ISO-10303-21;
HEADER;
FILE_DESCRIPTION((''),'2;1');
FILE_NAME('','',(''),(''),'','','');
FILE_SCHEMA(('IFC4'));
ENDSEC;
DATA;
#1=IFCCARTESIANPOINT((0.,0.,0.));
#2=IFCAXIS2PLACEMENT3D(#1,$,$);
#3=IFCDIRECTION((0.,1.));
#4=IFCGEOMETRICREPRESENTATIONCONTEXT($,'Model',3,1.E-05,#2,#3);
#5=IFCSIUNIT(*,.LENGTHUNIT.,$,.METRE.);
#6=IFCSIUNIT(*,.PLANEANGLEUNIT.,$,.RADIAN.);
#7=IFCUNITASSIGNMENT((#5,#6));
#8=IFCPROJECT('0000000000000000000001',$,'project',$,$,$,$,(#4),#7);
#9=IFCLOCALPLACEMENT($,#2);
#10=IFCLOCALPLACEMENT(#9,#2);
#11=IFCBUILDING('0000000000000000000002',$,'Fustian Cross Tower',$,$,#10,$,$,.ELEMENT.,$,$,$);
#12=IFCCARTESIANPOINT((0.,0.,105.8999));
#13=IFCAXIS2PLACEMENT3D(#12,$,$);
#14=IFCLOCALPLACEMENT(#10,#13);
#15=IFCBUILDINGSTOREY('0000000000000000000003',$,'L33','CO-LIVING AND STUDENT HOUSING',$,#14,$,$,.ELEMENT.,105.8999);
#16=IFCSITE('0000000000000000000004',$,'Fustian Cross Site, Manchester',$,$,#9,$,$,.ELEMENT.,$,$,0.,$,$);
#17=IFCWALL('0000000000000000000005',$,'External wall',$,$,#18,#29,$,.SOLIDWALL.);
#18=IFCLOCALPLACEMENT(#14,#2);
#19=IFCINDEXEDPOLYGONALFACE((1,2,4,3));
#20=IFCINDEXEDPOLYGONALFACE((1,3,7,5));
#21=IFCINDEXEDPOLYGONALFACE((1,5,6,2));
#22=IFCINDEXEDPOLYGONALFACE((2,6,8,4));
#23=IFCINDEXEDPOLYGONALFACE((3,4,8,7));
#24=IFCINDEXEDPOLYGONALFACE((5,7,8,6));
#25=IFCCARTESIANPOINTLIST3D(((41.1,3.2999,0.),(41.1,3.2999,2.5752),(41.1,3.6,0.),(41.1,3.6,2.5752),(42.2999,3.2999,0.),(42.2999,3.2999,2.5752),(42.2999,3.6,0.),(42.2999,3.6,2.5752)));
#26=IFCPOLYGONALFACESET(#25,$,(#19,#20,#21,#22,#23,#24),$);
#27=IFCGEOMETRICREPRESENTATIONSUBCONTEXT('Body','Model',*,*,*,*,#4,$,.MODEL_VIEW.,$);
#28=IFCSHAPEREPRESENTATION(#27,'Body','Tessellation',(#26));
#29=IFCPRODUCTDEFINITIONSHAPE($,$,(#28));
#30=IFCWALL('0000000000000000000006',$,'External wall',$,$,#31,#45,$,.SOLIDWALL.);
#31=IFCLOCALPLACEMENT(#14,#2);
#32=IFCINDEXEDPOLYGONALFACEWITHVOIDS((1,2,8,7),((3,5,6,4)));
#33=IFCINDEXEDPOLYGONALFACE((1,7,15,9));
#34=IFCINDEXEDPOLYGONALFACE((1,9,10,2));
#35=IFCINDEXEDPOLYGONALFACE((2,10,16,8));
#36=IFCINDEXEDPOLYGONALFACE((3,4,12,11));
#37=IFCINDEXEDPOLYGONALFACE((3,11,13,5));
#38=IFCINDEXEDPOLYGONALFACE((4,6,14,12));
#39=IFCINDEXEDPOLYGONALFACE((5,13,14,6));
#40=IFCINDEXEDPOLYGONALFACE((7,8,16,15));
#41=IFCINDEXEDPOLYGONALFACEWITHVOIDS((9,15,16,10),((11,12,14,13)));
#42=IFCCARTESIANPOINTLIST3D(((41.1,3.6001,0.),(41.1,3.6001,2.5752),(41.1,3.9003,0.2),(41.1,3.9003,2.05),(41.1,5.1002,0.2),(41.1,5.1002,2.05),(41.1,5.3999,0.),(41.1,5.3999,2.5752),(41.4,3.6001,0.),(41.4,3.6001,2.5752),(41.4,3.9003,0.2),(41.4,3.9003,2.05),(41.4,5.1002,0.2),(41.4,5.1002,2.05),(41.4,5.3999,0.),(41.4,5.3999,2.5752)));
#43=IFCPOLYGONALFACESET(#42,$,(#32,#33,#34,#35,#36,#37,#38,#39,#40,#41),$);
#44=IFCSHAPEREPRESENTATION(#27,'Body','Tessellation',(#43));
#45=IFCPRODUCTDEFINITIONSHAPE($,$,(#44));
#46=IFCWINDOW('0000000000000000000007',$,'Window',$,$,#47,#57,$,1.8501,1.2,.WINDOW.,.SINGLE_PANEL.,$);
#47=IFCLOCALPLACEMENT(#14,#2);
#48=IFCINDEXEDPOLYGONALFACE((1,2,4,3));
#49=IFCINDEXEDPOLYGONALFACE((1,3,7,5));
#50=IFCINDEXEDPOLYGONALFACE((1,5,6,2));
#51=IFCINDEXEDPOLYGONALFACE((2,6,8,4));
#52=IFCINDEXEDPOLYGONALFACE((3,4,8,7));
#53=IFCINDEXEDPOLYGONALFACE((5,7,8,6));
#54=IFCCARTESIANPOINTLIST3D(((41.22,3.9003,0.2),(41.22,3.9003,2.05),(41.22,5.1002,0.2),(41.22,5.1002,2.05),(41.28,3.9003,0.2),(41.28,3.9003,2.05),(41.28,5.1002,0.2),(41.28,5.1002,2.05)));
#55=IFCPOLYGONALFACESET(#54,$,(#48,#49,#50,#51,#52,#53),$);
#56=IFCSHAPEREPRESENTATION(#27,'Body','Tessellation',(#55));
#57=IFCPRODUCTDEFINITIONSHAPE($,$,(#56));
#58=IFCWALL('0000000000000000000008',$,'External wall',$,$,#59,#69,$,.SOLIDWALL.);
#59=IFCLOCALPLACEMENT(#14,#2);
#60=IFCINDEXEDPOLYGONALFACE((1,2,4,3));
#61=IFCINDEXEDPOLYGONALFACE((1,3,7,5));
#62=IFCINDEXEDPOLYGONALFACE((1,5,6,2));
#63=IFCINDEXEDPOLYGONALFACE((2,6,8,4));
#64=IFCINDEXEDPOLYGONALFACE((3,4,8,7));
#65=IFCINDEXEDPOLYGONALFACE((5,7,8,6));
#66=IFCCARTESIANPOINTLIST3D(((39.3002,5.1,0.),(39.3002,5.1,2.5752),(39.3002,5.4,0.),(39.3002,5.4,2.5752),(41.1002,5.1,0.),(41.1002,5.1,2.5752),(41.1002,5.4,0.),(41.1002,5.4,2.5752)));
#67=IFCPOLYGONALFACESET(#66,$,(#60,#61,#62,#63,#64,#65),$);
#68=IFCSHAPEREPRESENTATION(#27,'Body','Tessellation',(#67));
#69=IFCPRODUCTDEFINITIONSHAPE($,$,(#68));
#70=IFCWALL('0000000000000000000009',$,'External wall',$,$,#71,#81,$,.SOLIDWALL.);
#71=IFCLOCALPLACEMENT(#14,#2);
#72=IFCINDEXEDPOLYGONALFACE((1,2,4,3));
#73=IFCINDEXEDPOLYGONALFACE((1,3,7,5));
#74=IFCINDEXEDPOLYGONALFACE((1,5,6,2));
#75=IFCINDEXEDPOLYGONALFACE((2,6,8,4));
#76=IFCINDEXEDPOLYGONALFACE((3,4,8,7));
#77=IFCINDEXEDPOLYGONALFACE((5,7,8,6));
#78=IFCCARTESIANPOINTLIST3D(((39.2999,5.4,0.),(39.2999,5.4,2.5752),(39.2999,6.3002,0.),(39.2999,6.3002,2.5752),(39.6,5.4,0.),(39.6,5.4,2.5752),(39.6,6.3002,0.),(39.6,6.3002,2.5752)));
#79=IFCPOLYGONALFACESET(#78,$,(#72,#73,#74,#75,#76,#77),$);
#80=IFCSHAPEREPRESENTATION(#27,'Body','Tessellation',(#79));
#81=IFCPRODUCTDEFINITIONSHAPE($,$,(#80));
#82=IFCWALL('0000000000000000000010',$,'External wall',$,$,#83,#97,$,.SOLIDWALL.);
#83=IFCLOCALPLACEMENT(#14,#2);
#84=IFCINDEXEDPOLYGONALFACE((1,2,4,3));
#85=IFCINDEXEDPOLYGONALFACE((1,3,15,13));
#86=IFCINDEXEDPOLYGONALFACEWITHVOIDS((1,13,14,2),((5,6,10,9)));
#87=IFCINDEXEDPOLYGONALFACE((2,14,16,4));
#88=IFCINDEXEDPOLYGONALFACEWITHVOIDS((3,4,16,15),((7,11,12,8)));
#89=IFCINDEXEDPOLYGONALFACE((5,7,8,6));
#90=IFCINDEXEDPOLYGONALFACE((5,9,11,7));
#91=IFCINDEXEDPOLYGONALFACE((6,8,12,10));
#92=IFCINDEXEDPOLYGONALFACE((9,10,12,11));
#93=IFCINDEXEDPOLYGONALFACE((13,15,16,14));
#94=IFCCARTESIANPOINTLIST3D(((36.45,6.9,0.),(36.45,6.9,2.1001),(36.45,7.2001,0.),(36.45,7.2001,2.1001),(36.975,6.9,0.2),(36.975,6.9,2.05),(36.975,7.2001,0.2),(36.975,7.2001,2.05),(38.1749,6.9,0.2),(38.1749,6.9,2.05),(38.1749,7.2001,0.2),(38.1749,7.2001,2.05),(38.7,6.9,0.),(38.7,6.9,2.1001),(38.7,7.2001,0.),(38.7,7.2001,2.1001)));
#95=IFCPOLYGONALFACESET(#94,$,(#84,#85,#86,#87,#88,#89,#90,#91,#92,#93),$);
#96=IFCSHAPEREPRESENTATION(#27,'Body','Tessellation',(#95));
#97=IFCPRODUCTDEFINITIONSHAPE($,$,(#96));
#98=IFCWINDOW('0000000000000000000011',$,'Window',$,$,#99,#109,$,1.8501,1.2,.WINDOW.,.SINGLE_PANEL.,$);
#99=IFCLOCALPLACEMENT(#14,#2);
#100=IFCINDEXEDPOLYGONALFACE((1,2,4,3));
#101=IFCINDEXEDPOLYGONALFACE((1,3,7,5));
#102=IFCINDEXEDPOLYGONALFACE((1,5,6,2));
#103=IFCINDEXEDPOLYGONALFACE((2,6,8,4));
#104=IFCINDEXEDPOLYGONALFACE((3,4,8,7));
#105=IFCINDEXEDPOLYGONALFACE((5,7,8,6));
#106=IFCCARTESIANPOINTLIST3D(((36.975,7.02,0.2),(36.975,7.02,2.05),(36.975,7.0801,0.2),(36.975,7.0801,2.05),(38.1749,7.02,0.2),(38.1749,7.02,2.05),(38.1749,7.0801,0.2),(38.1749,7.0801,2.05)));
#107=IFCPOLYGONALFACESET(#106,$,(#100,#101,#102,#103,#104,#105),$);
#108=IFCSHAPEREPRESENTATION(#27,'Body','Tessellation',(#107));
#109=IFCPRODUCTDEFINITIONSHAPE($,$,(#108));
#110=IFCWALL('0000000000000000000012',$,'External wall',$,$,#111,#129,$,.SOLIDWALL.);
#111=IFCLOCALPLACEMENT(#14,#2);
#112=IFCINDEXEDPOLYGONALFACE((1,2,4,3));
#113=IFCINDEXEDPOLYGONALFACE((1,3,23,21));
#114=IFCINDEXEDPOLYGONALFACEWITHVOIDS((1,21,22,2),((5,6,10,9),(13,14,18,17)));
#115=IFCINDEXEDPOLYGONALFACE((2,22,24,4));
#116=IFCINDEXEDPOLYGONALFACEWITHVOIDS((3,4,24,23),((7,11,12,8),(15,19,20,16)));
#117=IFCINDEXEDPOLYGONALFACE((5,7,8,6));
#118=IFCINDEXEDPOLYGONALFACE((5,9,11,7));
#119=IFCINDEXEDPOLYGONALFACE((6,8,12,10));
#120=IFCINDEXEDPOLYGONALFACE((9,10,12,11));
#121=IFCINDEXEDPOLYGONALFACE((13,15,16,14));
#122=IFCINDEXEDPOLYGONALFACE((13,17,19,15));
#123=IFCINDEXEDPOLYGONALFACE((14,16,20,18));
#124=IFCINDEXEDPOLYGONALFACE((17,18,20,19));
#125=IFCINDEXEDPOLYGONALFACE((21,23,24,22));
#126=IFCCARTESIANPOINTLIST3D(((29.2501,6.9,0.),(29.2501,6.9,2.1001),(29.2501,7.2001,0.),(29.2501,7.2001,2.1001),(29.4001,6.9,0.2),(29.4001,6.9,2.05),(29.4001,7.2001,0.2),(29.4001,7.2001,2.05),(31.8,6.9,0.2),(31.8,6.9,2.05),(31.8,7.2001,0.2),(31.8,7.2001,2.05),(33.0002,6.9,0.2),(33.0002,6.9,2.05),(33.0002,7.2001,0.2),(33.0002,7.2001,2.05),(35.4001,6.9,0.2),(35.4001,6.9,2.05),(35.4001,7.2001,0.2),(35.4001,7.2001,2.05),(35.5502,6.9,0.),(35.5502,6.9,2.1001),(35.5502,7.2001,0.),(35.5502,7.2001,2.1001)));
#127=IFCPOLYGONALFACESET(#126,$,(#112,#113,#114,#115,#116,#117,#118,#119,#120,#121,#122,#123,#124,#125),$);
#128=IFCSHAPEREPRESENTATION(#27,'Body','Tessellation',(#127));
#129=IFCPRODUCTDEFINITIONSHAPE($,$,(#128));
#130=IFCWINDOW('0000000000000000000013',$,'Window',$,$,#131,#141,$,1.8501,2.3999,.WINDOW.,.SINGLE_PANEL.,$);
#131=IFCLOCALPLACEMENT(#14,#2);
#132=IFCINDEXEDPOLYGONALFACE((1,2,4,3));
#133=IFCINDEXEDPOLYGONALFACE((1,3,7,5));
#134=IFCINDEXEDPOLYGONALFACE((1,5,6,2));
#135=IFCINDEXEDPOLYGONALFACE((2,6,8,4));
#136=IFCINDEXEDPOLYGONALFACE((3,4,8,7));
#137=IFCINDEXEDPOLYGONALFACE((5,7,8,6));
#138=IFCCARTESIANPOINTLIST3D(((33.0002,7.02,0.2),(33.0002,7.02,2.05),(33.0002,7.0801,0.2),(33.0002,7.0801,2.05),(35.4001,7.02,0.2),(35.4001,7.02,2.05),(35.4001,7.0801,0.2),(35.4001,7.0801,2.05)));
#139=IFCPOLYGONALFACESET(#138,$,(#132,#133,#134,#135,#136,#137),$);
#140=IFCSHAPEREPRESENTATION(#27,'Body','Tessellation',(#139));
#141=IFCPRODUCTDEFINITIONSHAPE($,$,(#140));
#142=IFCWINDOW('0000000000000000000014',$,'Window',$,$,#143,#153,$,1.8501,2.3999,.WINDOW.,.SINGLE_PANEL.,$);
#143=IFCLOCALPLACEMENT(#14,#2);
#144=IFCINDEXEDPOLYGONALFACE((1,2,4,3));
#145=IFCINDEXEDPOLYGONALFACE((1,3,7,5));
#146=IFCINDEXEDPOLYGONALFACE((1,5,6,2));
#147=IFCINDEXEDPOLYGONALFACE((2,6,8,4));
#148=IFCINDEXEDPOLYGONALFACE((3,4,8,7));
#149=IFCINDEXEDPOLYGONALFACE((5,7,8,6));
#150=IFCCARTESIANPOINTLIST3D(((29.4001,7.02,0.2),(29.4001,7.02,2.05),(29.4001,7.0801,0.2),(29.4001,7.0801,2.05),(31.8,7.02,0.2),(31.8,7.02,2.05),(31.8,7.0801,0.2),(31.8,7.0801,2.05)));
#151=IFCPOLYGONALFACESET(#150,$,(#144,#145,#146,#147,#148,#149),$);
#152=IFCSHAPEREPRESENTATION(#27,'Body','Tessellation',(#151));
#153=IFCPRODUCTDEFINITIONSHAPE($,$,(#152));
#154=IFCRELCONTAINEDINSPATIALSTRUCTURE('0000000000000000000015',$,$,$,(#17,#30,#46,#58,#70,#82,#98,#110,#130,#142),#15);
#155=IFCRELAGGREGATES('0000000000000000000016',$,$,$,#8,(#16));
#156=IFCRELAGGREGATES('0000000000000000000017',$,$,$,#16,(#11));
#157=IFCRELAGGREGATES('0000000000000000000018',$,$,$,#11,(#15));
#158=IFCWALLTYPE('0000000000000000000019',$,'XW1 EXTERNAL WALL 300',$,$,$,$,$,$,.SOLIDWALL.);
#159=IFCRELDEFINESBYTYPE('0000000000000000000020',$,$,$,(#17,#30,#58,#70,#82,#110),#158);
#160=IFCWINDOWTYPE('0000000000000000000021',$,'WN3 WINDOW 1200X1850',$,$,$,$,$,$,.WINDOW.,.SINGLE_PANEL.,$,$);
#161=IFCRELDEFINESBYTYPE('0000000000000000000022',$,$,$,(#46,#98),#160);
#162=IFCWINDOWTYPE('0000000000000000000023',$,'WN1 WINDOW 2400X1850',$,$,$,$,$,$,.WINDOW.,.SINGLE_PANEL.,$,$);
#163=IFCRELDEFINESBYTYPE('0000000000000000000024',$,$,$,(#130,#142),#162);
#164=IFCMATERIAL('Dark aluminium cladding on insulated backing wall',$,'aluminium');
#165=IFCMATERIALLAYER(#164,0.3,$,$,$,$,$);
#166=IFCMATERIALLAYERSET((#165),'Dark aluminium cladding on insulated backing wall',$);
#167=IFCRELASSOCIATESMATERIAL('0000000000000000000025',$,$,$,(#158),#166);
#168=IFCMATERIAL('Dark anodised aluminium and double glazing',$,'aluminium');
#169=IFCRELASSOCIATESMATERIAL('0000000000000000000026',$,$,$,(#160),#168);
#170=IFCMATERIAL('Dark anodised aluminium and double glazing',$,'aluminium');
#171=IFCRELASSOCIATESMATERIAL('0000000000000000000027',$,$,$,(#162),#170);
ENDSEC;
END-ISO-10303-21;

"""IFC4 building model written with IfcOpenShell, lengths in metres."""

from ifc_helpers import new_model, si_unit, direction, frame, frame_2d, origin, place, context, subcontext, project, spatial, rectangle, extrude, material, layer, layer_set, type_object, element, fill, save


model = new_model("IFC4")

# Units and contexts
model_context = context("Model", 3, precision=1e-05, world=origin(), true_north=direction((0.0, 1.0)))
body_context = subcontext(model_context, "Body", "Model", "MODEL_VIEW")
ifc_project = project(units=[si_unit("LENGTHUNIT", "METRE"), si_unit("PLANEANGLEUNIT", "RADIAN")], contexts=[model_context])

# Site, building, storey
site_placement = place(None, origin())
site = spatial("IfcSite", under=ifc_project, at=site_placement, Name="Fustian Cross Site, Manchester", CompositionType="ELEMENT", RefElevation=0.0)
building_placement = place(site_placement, origin())
building = spatial("IfcBuilding", under=site, at=building_placement, Name="Fustian Cross Tower", CompositionType="ELEMENT")
storey_placement = place(building_placement, frame((0.0, 0.0, 105.8999)))
storey = spatial("IfcBuildingStorey", under=building, at=storey_placement, Name="L33", Description="CO-LIVING AND STUDENT HOUSING", CompositionType="ELEMENT", Elevation=105.8999)

# Wall
ifc_material_1 = material(Name="Dark aluminium cladding on insulated backing wall", Category="aluminium")
ifc_layer_1 = layer(ifc_material_1, 0.3)
ifc_layer_set_1 = layer_set([ifc_layer_1], Name="Dark aluminium cladding on insulated backing wall")
wall_type_1 = type_object("IfcWallType", Name="XW1 EXTERNAL WALL 300", PredefinedType="SOLIDWALL", material=ifc_layer_set_1)
wall_1_placement = place(storey_placement, frame((42.3, 3.45, 0.0), z_axis=(0.0, 0.0, 1.0), x_axis=(-1.0, 0.0, 0.0)))
element("IfcWall", 1, at=wall_1_placement, inside=storey, type_object=wall_type_1, Name="External wall", PredefinedType="SOLIDWALL", context=body_context, shape_type="SweptSolid", body=[
    extrude(rectangle(XDim=1.2, YDim=0.3, at=frame_2d((0.6001, 0.0))), origin(), (0.0, 0.0, 1.0), 2.5752),
])

# Wall, opening, window
wall_2_placement = place(storey_placement, frame((41.25, 3.6001, 0.0), z_axis=(0.0, 0.0, 1.0), x_axis=(0.0, 1.0, 0.0)))
wall_2 = element("IfcWall", 2, at=wall_2_placement, inside=storey, type_object=wall_type_1, Name="External wall", PredefinedType="SOLIDWALL", context=body_context, shape_type="SweptSolid", body=[
    extrude(rectangle(XDim=1.7998, YDim=0.3, at=frame_2d((0.8999, 0.0))), origin(), (0.0, 0.0, 1.0), 2.5752),
])
opening_1_placement = place(wall_2_placement, frame((0.3, 0.0, 0.2)))
opening_1 = element("IfcOpeningElement", 3, at=opening_1_placement, cuts=wall_2, PredefinedType="OPENING", context=body_context, shape_type="SweptSolid", body=[
    extrude(rectangle(XDim=1.2, YDim=1.8501, at=frame_2d((0.6001, 0.925))), frame((0.0, 0.1599, 0.0), z_axis=(0.0, -1.0, 0.0), x_axis=(1.0, 0.0, 0.0)), (0.0, 0.0, 1.0), 0.3201),
])
ifc_material_2 = material(Name="Dark anodised aluminium and double glazing", Category="aluminium")
window_type_1 = type_object("IfcWindowType", Name="WN3 WINDOW 1200X1850", PartitioningType="SINGLE_PANEL", PredefinedType="WINDOW", material=ifc_material_2)
window_1_placement = place(opening_1_placement, origin())
window_1 = element("IfcWindow", 4, at=window_1_placement, inside=storey, type_object=window_type_1, Name="Window", OverallHeight=1.8501, OverallWidth=1.2, PartitioningType="SINGLE_PANEL", PredefinedType="WINDOW", context=body_context, shape_type="SweptSolid", body=[
    extrude(rectangle(XDim=1.2, YDim=1.8501, at=frame_2d((0.6001, 0.925))), frame((0.0, 0.03, 0.0), z_axis=(0.0, -1.0, 0.0), x_axis=(1.0, 0.0, 0.0)), (0.0, 0.0, 1.0), 0.0601),
])
fill(opening_1, window_1)

# Walls
wall_3_placement = place(storey_placement, frame((41.1001, 5.25, 0.0), z_axis=(0.0, 0.0, 1.0), x_axis=(-1.0, 0.0, 0.0)))
element("IfcWall", 5, at=wall_3_placement, inside=storey, type_object=wall_type_1, Name="External wall", PredefinedType="SOLIDWALL", context=body_context, shape_type="SweptSolid", body=[
    extrude(rectangle(XDim=1.8, YDim=0.3, at=frame_2d((0.8999, 0.0))), origin(), (0.0, 0.0, 1.0), 2.5752),
])
wall_4_placement = place(storey_placement, frame((39.45, 5.3999, 0.0), z_axis=(0.0, 0.0, 1.0), x_axis=(0.0, 1.0, 0.0)))
element("IfcWall", 6, at=wall_4_placement, inside=storey, type_object=wall_type_1, Name="External wall", PredefinedType="SOLIDWALL", context=body_context, shape_type="SweptSolid", body=[
    extrude(rectangle(XDim=0.9001, YDim=0.3, at=frame_2d((0.4502, 0.0))), origin(), (0.0, 0.0, 1.0), 2.5752),
])

# Wall, opening, window
wall_5_placement = place(storey_placement, frame((38.7, 7.05, 0.0), z_axis=(0.0, 0.0, 1.0), x_axis=(-1.0, 0.0, 0.0)))
wall_5 = element("IfcWall", 7, at=wall_5_placement, inside=storey, type_object=wall_type_1, Name="External wall", PredefinedType="SOLIDWALL", context=body_context, shape_type="SweptSolid", body=[
    extrude(rectangle(XDim=2.25, YDim=0.3, at=frame_2d((1.125, 0.0))), origin(), (0.0, 0.0, 1.0), 2.1001),
])
opening_2_placement = place(wall_5_placement, frame((0.5249, 0.0, 0.2)))
opening_2 = element("IfcOpeningElement", 8, at=opening_2_placement, cuts=wall_5, PredefinedType="OPENING", context=body_context, shape_type="SweptSolid", body=[
    extrude(rectangle(XDim=1.2, YDim=1.8501, at=frame_2d((0.6001, 0.925))), frame((0.0, 0.1599, 0.0), z_axis=(0.0, -1.0, 0.0), x_axis=(1.0, 0.0, 0.0)), (0.0, 0.0, 1.0), 0.3201),
])
window_2_placement = place(opening_2_placement, origin())
window_2 = element("IfcWindow", 9, at=window_2_placement, inside=storey, type_object=window_type_1, Name="Window", OverallHeight=1.8501, OverallWidth=1.2, PartitioningType="SINGLE_PANEL", PredefinedType="WINDOW", context=body_context, shape_type="SweptSolid", body=[
    extrude(rectangle(XDim=1.2, YDim=1.8501, at=frame_2d((0.6001, 0.925))), frame((0.0, 0.03, 0.0), z_axis=(0.0, -1.0, 0.0), x_axis=(1.0, 0.0, 0.0)), (0.0, 0.0, 1.0), 0.0601),
])
fill(opening_2, window_2)

# Wall, openings, windows
wall_6_placement = place(storey_placement, frame((35.55, 7.05, 0.0), z_axis=(0.0, 0.0, 1.0), x_axis=(-1.0, 0.0, 0.0)))
wall_6 = element("IfcWall", 10, at=wall_6_placement, inside=storey, type_object=wall_type_1, Name="External wall", PredefinedType="SOLIDWALL", context=body_context, shape_type="SweptSolid", body=[
    extrude(rectangle(XDim=6.3, YDim=0.3, at=frame_2d((3.1499, 0.0))), origin(), (0.0, 0.0, 1.0), 2.1001),
])
opening_3_placement = place(wall_6_placement, frame((0.1499, 0.0, 0.2)))
opening_3 = element("IfcOpeningElement", 11, at=opening_3_placement, cuts=wall_6, PredefinedType="OPENING", context=body_context, shape_type="SweptSolid", body=[
    extrude(rectangle(XDim=2.3999, YDim=1.8501, at=frame_2d((1.2, 0.925))), frame((0.0, 0.1599, 0.0), z_axis=(0.0, -1.0, 0.0), x_axis=(1.0, 0.0, 0.0)), (0.0, 0.0, 1.0), 0.3201),
])
opening_4_placement = place(wall_6_placement, frame((3.75, 0.0, 0.2)))
opening_4 = element("IfcOpeningElement", 12, at=opening_4_placement, cuts=wall_6, PredefinedType="OPENING", context=body_context, shape_type="SweptSolid", body=[
    extrude(rectangle(XDim=2.3999, YDim=1.8501, at=frame_2d((1.2, 0.925))), frame((0.0, 0.1599, 0.0), z_axis=(0.0, -1.0, 0.0), x_axis=(1.0, 0.0, 0.0)), (0.0, 0.0, 1.0), 0.3201),
])
ifc_material_3 = material(Name="Dark anodised aluminium and double glazing", Category="aluminium")
window_type_2 = type_object("IfcWindowType", Name="WN1 WINDOW 2400X1850", PartitioningType="SINGLE_PANEL", PredefinedType="WINDOW", material=ifc_material_3)
window_3_placement = place(opening_3_placement, origin())
window_3 = element("IfcWindow", 13, at=window_3_placement, inside=storey, type_object=window_type_2, Name="Window", OverallHeight=1.8501, OverallWidth=2.3999, PartitioningType="SINGLE_PANEL", PredefinedType="WINDOW", context=body_context, shape_type="SweptSolid", body=[
    extrude(rectangle(XDim=2.3999, YDim=1.8501, at=frame_2d((1.2, 0.925))), frame((0.0, 0.03, 0.0), z_axis=(0.0, -1.0, 0.0), x_axis=(1.0, 0.0, 0.0)), (0.0, 0.0, 1.0), 0.0601),
])
fill(opening_3, window_3)
window_4_placement = place(opening_4_placement, origin())
window_4 = element("IfcWindow", 14, at=window_4_placement, inside=storey, type_object=window_type_2, Name="Window", OverallHeight=1.8501, OverallWidth=2.3999, PartitioningType="SINGLE_PANEL", PredefinedType="WINDOW", context=body_context, shape_type="SweptSolid", body=[
    extrude(rectangle(XDim=2.3999, YDim=1.8501, at=frame_2d((1.2, 0.925))), frame((0.0, 0.03, 0.0), z_axis=(0.0, -1.0, 0.0), x_axis=(1.0, 0.0, 0.0)), (0.0, 0.0, 1.0), 0.0601),
])
fill(opening_4, window_4)

save(model, "model.ifc")
